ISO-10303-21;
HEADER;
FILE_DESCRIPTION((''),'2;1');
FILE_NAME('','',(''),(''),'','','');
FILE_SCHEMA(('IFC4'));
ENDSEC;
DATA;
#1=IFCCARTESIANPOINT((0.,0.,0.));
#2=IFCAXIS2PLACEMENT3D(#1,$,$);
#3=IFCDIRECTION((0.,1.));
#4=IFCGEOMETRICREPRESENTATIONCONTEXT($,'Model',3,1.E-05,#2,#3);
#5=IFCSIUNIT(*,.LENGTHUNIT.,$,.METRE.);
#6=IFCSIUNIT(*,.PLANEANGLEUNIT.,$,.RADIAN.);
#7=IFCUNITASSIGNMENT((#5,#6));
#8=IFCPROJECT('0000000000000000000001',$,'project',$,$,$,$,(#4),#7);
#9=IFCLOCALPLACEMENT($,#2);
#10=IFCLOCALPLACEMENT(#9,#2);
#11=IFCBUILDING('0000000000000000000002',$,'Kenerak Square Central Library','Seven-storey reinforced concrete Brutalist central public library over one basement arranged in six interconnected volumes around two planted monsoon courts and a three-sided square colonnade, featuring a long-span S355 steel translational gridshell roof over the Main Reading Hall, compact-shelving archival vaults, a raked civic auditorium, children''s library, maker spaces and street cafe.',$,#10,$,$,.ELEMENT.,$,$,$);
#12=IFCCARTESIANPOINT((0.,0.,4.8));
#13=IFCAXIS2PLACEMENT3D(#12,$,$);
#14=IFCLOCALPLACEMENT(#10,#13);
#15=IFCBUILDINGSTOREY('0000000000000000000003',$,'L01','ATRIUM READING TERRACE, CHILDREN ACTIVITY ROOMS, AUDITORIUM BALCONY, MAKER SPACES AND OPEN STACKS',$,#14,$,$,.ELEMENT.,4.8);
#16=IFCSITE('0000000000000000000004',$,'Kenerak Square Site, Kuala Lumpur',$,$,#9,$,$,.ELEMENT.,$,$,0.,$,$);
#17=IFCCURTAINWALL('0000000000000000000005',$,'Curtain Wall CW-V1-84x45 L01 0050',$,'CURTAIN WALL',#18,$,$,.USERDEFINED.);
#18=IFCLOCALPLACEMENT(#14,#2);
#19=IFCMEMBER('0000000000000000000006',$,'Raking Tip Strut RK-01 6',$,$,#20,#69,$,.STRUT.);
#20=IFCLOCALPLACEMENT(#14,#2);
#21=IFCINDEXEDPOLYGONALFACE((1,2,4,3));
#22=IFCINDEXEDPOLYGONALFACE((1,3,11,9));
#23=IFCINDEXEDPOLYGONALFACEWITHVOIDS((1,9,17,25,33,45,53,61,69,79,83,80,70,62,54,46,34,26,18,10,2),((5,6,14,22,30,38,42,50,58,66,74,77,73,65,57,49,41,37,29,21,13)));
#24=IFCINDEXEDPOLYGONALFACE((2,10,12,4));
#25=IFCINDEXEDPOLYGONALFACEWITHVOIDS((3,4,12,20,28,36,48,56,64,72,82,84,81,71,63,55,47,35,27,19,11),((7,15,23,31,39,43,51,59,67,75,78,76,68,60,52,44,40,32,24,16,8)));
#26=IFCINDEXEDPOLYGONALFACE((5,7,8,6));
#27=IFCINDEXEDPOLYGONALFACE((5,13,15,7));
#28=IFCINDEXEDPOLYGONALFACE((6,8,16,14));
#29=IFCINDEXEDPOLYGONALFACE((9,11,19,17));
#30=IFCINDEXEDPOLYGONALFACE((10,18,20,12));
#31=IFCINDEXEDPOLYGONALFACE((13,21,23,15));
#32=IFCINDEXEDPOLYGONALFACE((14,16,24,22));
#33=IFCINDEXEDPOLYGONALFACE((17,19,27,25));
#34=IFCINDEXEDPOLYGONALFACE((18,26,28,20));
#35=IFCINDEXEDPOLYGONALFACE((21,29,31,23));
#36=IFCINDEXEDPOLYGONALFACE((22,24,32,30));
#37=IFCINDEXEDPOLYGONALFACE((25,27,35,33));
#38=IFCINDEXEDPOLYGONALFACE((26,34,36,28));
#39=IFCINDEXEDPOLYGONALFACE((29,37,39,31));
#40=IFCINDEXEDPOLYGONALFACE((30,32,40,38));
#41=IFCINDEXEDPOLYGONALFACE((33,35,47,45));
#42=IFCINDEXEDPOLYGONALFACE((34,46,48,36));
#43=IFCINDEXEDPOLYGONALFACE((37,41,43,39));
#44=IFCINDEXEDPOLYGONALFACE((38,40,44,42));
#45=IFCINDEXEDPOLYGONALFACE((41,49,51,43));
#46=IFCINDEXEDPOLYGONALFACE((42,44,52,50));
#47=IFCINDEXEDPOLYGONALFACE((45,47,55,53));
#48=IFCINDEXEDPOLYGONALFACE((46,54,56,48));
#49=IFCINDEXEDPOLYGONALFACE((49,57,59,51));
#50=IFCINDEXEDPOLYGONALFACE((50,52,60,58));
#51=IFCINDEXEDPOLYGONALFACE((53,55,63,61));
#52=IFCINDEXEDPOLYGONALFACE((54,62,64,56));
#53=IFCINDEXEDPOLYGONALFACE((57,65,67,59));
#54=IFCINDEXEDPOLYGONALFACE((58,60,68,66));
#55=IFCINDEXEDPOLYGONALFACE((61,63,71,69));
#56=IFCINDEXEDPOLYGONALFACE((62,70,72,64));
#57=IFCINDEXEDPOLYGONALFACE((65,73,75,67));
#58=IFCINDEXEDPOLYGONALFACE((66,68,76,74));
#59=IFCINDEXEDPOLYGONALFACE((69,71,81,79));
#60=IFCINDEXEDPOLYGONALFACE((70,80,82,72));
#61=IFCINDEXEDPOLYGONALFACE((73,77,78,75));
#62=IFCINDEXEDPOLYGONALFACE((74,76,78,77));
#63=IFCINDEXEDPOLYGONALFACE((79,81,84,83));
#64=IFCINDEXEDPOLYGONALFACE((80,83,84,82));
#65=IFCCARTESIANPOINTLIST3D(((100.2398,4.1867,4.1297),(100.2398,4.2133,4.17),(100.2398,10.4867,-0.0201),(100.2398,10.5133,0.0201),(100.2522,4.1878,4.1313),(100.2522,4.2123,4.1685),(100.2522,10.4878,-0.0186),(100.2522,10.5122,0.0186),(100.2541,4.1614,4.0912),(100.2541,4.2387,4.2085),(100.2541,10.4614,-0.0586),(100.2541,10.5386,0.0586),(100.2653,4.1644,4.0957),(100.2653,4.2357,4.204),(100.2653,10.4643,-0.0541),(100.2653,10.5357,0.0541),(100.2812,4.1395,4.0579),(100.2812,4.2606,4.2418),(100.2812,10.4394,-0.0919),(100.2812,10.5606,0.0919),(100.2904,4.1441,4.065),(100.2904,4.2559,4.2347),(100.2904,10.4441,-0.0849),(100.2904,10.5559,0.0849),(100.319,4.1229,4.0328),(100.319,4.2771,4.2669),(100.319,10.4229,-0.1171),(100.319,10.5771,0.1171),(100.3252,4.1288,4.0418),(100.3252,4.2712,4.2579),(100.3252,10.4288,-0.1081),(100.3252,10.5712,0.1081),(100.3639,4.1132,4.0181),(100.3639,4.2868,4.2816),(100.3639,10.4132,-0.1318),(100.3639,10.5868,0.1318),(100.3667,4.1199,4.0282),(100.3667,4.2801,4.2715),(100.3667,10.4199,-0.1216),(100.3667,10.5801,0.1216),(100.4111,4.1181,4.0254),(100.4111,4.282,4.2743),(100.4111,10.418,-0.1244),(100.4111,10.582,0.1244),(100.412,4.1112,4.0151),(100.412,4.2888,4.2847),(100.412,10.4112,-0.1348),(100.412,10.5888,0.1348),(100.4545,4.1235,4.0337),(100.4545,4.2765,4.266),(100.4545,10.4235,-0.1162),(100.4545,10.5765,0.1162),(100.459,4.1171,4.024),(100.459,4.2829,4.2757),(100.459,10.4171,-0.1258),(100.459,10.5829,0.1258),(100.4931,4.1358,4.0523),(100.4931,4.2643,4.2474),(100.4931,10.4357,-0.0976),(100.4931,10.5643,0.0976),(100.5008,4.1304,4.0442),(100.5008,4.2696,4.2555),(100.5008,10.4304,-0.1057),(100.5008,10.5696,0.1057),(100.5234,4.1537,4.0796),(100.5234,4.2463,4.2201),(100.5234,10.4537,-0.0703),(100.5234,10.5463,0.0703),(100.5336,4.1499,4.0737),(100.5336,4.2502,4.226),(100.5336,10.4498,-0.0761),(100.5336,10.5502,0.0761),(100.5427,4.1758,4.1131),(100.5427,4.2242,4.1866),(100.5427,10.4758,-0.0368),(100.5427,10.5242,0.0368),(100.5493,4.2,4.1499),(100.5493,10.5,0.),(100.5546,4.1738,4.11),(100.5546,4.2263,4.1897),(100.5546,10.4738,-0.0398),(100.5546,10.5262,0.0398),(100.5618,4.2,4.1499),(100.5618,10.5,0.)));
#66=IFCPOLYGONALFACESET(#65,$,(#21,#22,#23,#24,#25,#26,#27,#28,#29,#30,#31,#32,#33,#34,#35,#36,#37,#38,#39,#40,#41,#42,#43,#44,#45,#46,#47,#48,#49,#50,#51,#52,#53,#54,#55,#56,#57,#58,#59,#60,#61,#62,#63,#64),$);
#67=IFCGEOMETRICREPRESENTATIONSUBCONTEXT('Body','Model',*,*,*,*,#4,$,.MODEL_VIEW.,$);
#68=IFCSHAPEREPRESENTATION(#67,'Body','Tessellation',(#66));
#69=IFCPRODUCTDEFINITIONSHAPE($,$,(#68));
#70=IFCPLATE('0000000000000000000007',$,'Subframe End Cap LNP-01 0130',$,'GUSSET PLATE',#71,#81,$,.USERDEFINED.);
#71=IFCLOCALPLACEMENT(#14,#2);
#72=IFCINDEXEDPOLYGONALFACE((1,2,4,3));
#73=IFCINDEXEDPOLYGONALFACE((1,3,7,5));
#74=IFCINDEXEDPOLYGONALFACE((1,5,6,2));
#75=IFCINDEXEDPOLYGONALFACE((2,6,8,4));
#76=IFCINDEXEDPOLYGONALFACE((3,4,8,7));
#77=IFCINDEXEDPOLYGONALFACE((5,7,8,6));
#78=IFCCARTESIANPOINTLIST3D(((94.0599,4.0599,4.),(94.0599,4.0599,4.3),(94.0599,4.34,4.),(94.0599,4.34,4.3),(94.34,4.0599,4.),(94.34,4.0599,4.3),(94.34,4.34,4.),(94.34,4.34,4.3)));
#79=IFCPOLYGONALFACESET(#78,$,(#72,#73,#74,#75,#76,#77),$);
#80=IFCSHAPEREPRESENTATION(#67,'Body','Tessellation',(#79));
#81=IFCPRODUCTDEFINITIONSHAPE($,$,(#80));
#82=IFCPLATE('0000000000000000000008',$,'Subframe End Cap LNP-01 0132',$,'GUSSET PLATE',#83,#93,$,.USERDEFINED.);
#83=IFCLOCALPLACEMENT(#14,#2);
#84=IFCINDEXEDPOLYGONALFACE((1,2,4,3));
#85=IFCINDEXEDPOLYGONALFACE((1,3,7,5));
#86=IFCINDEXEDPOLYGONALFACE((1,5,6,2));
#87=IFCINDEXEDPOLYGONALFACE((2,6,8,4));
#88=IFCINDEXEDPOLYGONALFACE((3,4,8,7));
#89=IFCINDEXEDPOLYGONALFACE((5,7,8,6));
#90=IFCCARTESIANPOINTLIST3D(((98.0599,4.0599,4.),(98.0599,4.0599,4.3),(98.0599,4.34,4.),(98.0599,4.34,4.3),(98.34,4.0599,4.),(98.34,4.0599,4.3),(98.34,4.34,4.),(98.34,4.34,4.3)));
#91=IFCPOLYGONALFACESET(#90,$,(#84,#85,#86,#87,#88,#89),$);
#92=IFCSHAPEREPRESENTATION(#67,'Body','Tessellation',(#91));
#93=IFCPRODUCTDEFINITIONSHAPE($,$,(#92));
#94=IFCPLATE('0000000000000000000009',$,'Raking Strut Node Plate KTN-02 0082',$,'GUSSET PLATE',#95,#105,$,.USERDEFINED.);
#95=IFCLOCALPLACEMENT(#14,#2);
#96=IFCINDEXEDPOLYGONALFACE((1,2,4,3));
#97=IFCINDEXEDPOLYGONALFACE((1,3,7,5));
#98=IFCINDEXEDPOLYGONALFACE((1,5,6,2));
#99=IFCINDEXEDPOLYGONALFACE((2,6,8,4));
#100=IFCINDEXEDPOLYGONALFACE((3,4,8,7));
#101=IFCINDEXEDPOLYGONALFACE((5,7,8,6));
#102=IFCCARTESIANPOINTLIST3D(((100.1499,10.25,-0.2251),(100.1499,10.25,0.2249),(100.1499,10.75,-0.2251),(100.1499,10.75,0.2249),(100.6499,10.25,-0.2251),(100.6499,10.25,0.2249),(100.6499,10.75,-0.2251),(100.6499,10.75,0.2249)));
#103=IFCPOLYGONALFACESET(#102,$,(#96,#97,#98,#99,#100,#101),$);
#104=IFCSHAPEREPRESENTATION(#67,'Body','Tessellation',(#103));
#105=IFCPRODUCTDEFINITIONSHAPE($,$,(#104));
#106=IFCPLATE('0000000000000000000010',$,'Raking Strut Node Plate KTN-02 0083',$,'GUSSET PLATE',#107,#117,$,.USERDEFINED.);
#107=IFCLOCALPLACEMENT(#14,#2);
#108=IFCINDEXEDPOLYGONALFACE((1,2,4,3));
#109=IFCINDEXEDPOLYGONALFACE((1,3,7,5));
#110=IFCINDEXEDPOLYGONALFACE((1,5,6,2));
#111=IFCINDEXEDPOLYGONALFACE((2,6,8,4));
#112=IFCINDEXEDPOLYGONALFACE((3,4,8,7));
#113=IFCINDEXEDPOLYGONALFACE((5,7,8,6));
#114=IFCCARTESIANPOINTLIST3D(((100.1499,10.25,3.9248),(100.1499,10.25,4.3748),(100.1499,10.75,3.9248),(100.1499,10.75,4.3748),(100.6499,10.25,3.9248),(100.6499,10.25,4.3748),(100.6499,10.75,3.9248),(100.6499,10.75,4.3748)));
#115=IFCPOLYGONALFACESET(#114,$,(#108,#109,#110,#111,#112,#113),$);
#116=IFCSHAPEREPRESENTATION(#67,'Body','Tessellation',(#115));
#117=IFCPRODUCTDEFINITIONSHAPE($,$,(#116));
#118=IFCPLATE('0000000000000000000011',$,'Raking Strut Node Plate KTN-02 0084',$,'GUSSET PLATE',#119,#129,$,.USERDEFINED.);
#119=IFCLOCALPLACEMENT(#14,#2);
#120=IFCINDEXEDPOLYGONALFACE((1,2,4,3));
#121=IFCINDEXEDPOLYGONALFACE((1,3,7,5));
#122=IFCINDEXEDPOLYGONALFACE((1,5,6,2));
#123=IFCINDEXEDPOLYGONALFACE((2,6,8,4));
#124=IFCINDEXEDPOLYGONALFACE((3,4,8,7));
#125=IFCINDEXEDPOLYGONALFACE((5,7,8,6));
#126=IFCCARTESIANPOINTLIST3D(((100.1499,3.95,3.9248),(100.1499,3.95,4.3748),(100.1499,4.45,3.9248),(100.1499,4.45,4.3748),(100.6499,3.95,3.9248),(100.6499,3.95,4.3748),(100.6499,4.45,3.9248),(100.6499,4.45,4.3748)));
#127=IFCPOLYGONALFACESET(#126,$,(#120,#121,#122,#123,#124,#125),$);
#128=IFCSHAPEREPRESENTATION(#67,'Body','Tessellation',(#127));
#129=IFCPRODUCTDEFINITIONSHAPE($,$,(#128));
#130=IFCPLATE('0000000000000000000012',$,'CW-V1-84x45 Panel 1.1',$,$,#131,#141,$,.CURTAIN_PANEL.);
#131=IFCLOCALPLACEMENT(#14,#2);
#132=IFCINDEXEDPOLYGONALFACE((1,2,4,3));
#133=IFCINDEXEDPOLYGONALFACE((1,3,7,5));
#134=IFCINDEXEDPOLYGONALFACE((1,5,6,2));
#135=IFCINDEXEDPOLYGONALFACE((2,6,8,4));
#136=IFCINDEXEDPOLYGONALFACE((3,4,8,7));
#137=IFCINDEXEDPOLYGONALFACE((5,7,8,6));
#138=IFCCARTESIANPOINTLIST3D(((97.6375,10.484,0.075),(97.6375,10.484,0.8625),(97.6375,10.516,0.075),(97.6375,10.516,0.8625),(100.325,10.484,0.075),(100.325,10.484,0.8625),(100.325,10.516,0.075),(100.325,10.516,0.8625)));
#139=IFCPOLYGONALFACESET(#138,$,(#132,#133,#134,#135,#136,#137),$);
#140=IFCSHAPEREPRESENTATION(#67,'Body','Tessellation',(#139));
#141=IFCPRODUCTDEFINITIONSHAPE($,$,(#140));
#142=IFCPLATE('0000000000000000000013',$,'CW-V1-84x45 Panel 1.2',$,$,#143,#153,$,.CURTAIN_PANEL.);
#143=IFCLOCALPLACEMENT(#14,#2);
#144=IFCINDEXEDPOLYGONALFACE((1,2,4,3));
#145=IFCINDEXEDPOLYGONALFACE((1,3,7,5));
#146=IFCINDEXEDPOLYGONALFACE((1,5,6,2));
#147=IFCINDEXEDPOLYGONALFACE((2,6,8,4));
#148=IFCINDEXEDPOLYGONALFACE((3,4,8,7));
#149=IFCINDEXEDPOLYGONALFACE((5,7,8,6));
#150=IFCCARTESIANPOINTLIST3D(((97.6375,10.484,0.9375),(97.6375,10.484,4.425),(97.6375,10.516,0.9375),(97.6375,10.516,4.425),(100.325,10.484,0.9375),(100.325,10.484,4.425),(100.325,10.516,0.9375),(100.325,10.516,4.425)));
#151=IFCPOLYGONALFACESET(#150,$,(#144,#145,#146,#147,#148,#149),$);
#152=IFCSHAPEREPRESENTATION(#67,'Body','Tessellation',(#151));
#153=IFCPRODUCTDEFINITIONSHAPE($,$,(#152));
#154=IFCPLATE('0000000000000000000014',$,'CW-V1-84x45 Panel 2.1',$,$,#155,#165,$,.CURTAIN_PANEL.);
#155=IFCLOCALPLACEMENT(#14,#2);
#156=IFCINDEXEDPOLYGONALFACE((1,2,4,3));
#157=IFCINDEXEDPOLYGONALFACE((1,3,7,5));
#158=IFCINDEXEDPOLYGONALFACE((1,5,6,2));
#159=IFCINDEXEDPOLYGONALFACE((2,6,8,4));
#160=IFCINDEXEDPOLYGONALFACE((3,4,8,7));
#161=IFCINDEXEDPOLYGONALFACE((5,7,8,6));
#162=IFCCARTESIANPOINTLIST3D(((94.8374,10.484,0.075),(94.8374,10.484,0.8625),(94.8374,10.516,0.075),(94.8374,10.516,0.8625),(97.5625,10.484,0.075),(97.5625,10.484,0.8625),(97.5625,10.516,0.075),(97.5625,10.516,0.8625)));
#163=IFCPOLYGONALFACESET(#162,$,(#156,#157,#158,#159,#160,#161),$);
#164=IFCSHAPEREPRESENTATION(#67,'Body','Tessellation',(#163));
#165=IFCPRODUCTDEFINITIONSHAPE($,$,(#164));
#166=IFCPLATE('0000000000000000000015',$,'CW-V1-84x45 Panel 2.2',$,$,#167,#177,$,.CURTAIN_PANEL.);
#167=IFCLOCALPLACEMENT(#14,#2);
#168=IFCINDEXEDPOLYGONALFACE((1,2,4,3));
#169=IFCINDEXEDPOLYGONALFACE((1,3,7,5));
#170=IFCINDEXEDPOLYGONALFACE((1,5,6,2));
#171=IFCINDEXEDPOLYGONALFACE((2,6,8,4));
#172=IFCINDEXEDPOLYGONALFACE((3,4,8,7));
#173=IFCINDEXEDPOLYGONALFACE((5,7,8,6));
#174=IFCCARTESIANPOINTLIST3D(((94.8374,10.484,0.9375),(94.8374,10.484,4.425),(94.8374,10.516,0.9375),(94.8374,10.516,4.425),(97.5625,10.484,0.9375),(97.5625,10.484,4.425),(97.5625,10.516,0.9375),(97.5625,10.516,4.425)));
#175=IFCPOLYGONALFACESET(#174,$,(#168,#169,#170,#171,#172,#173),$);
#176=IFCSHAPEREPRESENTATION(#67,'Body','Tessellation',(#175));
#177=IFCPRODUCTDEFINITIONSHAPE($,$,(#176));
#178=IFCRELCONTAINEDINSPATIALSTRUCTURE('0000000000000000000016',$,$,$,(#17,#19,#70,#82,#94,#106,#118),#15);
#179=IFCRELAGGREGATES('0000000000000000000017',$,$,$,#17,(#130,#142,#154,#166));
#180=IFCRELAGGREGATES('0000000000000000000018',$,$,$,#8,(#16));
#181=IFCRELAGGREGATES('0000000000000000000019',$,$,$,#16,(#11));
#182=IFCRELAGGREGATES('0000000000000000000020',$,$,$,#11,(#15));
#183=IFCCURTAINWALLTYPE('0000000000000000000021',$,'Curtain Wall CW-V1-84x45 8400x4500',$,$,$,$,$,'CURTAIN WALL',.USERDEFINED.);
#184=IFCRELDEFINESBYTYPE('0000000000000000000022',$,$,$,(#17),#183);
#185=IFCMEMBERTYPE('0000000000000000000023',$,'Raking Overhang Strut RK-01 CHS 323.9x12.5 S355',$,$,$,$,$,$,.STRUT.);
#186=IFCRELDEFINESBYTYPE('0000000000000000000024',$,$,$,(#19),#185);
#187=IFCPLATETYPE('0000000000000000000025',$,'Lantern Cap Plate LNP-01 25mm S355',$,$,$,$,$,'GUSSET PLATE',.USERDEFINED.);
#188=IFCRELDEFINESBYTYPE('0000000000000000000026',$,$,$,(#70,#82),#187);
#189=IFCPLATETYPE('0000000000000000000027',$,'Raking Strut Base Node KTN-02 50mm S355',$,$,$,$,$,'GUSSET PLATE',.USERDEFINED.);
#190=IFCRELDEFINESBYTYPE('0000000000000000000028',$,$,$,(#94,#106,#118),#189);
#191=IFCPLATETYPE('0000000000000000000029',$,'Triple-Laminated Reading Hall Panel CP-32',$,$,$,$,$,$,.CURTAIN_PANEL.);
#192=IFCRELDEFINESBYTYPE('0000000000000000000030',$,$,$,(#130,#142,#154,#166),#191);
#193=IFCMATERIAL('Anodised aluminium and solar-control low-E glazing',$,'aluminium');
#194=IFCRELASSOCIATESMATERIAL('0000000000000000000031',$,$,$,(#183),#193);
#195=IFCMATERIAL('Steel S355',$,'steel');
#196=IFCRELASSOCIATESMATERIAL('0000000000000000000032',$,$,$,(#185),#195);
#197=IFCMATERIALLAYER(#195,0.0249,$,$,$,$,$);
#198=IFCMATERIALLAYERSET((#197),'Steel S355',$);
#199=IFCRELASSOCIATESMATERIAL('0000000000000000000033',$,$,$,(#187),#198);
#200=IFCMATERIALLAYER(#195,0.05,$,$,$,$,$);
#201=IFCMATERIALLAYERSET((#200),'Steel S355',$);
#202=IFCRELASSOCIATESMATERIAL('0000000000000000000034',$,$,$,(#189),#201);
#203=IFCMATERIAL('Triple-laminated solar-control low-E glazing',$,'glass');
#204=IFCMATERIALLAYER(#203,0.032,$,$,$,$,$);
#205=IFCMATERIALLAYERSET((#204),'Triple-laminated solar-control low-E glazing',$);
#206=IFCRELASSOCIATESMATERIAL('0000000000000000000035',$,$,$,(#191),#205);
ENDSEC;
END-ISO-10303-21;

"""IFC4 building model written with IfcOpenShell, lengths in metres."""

from ifc_helpers import new_model, si_unit, direction, frame, origin, origin_2d, place, context, subcontext, project, spatial, rectangle, hollow_circle, extrude, material, layer, layer_set, material_profile, profile_set, type_object, element, aggregate, save


model = new_model("IFC4")

# Units and contexts
model_context = context("Model", 3, precision=1e-05, world=origin(), true_north=direction((0.0, 1.0)))
body_context = subcontext(model_context, "Body", "Model", "MODEL_VIEW")
ifc_project = project(units=[si_unit("LENGTHUNIT", "METRE"), si_unit("PLANEANGLEUNIT", "RADIAN")], contexts=[model_context])

# Site, building, storey
site_placement = place(None, origin())
site = spatial("IfcSite", under=ifc_project, at=site_placement, Name="Kenerak Square Site, Kuala Lumpur", CompositionType="ELEMENT", RefElevation=0.0)
building_placement = place(site_placement, origin())
building = spatial("IfcBuilding", under=site, at=building_placement, Name="Kenerak Square Central Library", Description="Seven-storey reinforced concrete Brutalist central public library over one basement arranged in six interconnected volumes around two planted monsoon courts and a three-sided square colonnade, featuring a long-span S355 steel translational gridshell roof over the Main Reading Hall, compact-shelving archival vaults, a raked civic auditorium, children's library, maker spaces and street cafe.", CompositionType="ELEMENT")
storey_placement = place(building_placement, frame((0.0, 0.0, 4.8)))
storey = spatial("IfcBuildingStorey", under=building, at=storey_placement, Name="L01", Description="ATRIUM READING TERRACE, CHILDREN ACTIVITY ROOMS, AUDITORIUM BALCONY, MAKER SPACES AND OPEN STACKS", CompositionType="ELEMENT", Elevation=4.8)

# Shared definitions
ifc_material_1 = material(Name="Anodised aluminium and solar-control low-E glazing", Category="aluminium")
curtain_wall_type = type_object("IfcCurtainWallType", Name="Curtain Wall CW-V1-84x45 8400x4500", ElementType="CURTAIN WALL", PredefinedType="USERDEFINED", material=ifc_material_1)

# Curtain wall
curtain_wall_1_placement = place(storey_placement, origin())
curtain_wall_1 = element("IfcCurtainWall", 1, at=curtain_wall_1_placement, inside=storey, type_object=curtain_wall_type, Name="Curtain Wall CW-V1-84x45 L01 0050", ObjectType="CURTAIN WALL", PredefinedType="USERDEFINED")

# Shared definitions
ifc_material_2 = material(Name="Steel S355", Category="steel")

# Member
ifc_material_profile_1 = material_profile(ifc_material_2, hollow_circle(Radius=0.1619, WallThickness=0.0125, at=origin_2d()), Name="CHS 323.9x12.5")
ifc_profile_set_1 = profile_set([ifc_material_profile_1], Name="Steel S355")
member_type_1 = type_object("IfcMemberType", Name="Raking Overhang Strut RK-01 CHS 323.9x12.5 S355", PredefinedType="STRUT", material=ifc_profile_set_1)
member_1_placement = place(storey_placement, frame((100.3999, 10.5, 0.0), z_axis=(0.0, -0.835105, 0.550091), x_axis=(1.0, 0.0, 0.0)))
element("IfcMember", 2, at=member_1_placement, inside=storey, type_object=member_type_1, Name="Raking Tip Strut RK-01 6", PredefinedType="STRUT", context=body_context, shape_type="SweptSolid", body=[
    extrude(hollow_circle(Radius=0.1619, WallThickness=0.0125, at=origin_2d()), origin(), (0.0, 0.0, 1.0), 7.5439),
])

# Plates
ifc_layer_1 = layer(ifc_material_2, 0.0249)
ifc_layer_set_1 = layer_set([ifc_layer_1], Name="Steel S355")
plate_type_1 = type_object("IfcPlateType", Name="Lantern Cap Plate LNP-01 25mm S355", ElementType="GUSSET PLATE", PredefinedType="USERDEFINED", material=ifc_layer_set_1)
for number, where, z_axis, x_axis, name in (
    (3, (94.2, 4.2, 4.0), (0.0, 0.0, 1.0), (1.0, 0.0, 0.0), "Subframe End Cap LNP-01 0130"),
    (4, (98.2, 4.2, 4.0), (0.0, 0.0, 1.0), (1.0, 0.0, 0.0), "Subframe End Cap LNP-01 0132"),
):
    element("IfcPlate", number, at=place(storey_placement, frame(where, z_axis=z_axis, x_axis=x_axis)), inside=storey, type_object=plate_type_1, Name=name, ObjectType="GUSSET PLATE", PredefinedType="USERDEFINED", context=body_context, shape_type="SweptSolid", body=[
        extrude(rectangle(XDim=0.28, YDim=0.28, at=origin_2d()), origin(), (0.0, 0.0, 1.0), 0.3),
    ])
ifc_layer_2 = layer(ifc_material_2, 0.05)
ifc_layer_set_2 = layer_set([ifc_layer_2], Name="Steel S355")
plate_type_2 = type_object("IfcPlateType", Name="Raking Strut Base Node KTN-02 50mm S355", ElementType="GUSSET PLATE", PredefinedType="USERDEFINED", material=ifc_layer_set_2)
for number, where, z_axis, x_axis, name in (
    (5, (100.3999, 10.5, -0.2251), (0.0, 0.0, 1.0), (1.0, 0.0, 0.0), "Raking Strut Node Plate KTN-02 0082"),
    (6, (100.3999, 10.5, 3.9248), (0.0, 0.0, 1.0), (1.0, 0.0, 0.0), "Raking Strut Node Plate KTN-02 0083"),
    (7, (100.3999, 4.2, 3.9248), (0.0, 0.0, 1.0), (1.0, 0.0, 0.0), "Raking Strut Node Plate KTN-02 0084"),
):
    element("IfcPlate", number, at=place(storey_placement, frame(where, z_axis=z_axis, x_axis=x_axis)), inside=storey, type_object=plate_type_2, Name=name, ObjectType="GUSSET PLATE", PredefinedType="USERDEFINED", context=body_context, shape_type="SweptSolid", body=[
        extrude(rectangle(XDim=0.5, YDim=0.5, at=origin_2d()), origin(), (0.0, 0.0, 1.0), 0.45),
    ])

# Plates
ifc_material_3 = material(Name="Triple-laminated solar-control low-E glazing", Category="glass")
ifc_layer_3 = layer(ifc_material_3, 0.032)
ifc_layer_set_3 = layer_set([ifc_layer_3], Name="Triple-laminated solar-control low-E glazing")
plate_type_3 = type_object("IfcPlateType", Name="Triple-Laminated Reading Hall Panel CP-32", PredefinedType="CURTAIN_PANEL", material=ifc_layer_set_3)
plate_1_placement = place(storey_placement, frame((98.9812, 10.5, 0.075), z_axis=(0.0, 0.0, 1.0), x_axis=(-1.0, 0.0, 0.0)))
plate_1 = element("IfcPlate", 8, at=plate_1_placement, type_object=plate_type_3, Name="CW-V1-84x45 Panel 1.1", PredefinedType="CURTAIN_PANEL", context=body_context, shape_type="SweptSolid", body=[
    extrude(rectangle(XDim=2.6875, YDim=0.032, at=origin_2d()), origin(), (0.0, 0.0, 1.0), 0.7876),
])
plate_2_placement = place(storey_placement, frame((98.9812, 10.5, 0.9375), z_axis=(0.0, 0.0, 1.0), x_axis=(-1.0, 0.0, 0.0)))
plate_2 = element("IfcPlate", 9, at=plate_2_placement, type_object=plate_type_3, Name="CW-V1-84x45 Panel 1.2", PredefinedType="CURTAIN_PANEL", context=body_context, shape_type="SweptSolid", body=[
    extrude(rectangle(XDim=2.6875, YDim=0.032, at=origin_2d()), origin(), (0.0, 0.0, 1.0), 3.4875),
])
plate_3_placement = place(storey_placement, frame((96.2, 10.5, 0.075), z_axis=(0.0, 0.0, 1.0), x_axis=(-1.0, 0.0, 0.0)))
plate_3 = element("IfcPlate", 10, at=plate_3_placement, type_object=plate_type_3, Name="CW-V1-84x45 Panel 2.1", PredefinedType="CURTAIN_PANEL", context=body_context, shape_type="SweptSolid", body=[
    extrude(rectangle(XDim=2.7251, YDim=0.032, at=origin_2d()), origin(), (0.0, 0.0, 1.0), 0.7876),
])
plate_4_placement = place(storey_placement, frame((96.2, 10.5, 0.9375), z_axis=(0.0, 0.0, 1.0), x_axis=(-1.0, 0.0, 0.0)))
plate_4 = element("IfcPlate", 11, at=plate_4_placement, type_object=plate_type_3, Name="CW-V1-84x45 Panel 2.2", PredefinedType="CURTAIN_PANEL", context=body_context, shape_type="SweptSolid", body=[
    extrude(rectangle(XDim=2.7251, YDim=0.032, at=origin_2d()), origin(), (0.0, 0.0, 1.0), 3.4875),
])
aggregate(curtain_wall_1, [plate_1, plate_2, plate_3, plate_4])

save(model, "model.ifc")
